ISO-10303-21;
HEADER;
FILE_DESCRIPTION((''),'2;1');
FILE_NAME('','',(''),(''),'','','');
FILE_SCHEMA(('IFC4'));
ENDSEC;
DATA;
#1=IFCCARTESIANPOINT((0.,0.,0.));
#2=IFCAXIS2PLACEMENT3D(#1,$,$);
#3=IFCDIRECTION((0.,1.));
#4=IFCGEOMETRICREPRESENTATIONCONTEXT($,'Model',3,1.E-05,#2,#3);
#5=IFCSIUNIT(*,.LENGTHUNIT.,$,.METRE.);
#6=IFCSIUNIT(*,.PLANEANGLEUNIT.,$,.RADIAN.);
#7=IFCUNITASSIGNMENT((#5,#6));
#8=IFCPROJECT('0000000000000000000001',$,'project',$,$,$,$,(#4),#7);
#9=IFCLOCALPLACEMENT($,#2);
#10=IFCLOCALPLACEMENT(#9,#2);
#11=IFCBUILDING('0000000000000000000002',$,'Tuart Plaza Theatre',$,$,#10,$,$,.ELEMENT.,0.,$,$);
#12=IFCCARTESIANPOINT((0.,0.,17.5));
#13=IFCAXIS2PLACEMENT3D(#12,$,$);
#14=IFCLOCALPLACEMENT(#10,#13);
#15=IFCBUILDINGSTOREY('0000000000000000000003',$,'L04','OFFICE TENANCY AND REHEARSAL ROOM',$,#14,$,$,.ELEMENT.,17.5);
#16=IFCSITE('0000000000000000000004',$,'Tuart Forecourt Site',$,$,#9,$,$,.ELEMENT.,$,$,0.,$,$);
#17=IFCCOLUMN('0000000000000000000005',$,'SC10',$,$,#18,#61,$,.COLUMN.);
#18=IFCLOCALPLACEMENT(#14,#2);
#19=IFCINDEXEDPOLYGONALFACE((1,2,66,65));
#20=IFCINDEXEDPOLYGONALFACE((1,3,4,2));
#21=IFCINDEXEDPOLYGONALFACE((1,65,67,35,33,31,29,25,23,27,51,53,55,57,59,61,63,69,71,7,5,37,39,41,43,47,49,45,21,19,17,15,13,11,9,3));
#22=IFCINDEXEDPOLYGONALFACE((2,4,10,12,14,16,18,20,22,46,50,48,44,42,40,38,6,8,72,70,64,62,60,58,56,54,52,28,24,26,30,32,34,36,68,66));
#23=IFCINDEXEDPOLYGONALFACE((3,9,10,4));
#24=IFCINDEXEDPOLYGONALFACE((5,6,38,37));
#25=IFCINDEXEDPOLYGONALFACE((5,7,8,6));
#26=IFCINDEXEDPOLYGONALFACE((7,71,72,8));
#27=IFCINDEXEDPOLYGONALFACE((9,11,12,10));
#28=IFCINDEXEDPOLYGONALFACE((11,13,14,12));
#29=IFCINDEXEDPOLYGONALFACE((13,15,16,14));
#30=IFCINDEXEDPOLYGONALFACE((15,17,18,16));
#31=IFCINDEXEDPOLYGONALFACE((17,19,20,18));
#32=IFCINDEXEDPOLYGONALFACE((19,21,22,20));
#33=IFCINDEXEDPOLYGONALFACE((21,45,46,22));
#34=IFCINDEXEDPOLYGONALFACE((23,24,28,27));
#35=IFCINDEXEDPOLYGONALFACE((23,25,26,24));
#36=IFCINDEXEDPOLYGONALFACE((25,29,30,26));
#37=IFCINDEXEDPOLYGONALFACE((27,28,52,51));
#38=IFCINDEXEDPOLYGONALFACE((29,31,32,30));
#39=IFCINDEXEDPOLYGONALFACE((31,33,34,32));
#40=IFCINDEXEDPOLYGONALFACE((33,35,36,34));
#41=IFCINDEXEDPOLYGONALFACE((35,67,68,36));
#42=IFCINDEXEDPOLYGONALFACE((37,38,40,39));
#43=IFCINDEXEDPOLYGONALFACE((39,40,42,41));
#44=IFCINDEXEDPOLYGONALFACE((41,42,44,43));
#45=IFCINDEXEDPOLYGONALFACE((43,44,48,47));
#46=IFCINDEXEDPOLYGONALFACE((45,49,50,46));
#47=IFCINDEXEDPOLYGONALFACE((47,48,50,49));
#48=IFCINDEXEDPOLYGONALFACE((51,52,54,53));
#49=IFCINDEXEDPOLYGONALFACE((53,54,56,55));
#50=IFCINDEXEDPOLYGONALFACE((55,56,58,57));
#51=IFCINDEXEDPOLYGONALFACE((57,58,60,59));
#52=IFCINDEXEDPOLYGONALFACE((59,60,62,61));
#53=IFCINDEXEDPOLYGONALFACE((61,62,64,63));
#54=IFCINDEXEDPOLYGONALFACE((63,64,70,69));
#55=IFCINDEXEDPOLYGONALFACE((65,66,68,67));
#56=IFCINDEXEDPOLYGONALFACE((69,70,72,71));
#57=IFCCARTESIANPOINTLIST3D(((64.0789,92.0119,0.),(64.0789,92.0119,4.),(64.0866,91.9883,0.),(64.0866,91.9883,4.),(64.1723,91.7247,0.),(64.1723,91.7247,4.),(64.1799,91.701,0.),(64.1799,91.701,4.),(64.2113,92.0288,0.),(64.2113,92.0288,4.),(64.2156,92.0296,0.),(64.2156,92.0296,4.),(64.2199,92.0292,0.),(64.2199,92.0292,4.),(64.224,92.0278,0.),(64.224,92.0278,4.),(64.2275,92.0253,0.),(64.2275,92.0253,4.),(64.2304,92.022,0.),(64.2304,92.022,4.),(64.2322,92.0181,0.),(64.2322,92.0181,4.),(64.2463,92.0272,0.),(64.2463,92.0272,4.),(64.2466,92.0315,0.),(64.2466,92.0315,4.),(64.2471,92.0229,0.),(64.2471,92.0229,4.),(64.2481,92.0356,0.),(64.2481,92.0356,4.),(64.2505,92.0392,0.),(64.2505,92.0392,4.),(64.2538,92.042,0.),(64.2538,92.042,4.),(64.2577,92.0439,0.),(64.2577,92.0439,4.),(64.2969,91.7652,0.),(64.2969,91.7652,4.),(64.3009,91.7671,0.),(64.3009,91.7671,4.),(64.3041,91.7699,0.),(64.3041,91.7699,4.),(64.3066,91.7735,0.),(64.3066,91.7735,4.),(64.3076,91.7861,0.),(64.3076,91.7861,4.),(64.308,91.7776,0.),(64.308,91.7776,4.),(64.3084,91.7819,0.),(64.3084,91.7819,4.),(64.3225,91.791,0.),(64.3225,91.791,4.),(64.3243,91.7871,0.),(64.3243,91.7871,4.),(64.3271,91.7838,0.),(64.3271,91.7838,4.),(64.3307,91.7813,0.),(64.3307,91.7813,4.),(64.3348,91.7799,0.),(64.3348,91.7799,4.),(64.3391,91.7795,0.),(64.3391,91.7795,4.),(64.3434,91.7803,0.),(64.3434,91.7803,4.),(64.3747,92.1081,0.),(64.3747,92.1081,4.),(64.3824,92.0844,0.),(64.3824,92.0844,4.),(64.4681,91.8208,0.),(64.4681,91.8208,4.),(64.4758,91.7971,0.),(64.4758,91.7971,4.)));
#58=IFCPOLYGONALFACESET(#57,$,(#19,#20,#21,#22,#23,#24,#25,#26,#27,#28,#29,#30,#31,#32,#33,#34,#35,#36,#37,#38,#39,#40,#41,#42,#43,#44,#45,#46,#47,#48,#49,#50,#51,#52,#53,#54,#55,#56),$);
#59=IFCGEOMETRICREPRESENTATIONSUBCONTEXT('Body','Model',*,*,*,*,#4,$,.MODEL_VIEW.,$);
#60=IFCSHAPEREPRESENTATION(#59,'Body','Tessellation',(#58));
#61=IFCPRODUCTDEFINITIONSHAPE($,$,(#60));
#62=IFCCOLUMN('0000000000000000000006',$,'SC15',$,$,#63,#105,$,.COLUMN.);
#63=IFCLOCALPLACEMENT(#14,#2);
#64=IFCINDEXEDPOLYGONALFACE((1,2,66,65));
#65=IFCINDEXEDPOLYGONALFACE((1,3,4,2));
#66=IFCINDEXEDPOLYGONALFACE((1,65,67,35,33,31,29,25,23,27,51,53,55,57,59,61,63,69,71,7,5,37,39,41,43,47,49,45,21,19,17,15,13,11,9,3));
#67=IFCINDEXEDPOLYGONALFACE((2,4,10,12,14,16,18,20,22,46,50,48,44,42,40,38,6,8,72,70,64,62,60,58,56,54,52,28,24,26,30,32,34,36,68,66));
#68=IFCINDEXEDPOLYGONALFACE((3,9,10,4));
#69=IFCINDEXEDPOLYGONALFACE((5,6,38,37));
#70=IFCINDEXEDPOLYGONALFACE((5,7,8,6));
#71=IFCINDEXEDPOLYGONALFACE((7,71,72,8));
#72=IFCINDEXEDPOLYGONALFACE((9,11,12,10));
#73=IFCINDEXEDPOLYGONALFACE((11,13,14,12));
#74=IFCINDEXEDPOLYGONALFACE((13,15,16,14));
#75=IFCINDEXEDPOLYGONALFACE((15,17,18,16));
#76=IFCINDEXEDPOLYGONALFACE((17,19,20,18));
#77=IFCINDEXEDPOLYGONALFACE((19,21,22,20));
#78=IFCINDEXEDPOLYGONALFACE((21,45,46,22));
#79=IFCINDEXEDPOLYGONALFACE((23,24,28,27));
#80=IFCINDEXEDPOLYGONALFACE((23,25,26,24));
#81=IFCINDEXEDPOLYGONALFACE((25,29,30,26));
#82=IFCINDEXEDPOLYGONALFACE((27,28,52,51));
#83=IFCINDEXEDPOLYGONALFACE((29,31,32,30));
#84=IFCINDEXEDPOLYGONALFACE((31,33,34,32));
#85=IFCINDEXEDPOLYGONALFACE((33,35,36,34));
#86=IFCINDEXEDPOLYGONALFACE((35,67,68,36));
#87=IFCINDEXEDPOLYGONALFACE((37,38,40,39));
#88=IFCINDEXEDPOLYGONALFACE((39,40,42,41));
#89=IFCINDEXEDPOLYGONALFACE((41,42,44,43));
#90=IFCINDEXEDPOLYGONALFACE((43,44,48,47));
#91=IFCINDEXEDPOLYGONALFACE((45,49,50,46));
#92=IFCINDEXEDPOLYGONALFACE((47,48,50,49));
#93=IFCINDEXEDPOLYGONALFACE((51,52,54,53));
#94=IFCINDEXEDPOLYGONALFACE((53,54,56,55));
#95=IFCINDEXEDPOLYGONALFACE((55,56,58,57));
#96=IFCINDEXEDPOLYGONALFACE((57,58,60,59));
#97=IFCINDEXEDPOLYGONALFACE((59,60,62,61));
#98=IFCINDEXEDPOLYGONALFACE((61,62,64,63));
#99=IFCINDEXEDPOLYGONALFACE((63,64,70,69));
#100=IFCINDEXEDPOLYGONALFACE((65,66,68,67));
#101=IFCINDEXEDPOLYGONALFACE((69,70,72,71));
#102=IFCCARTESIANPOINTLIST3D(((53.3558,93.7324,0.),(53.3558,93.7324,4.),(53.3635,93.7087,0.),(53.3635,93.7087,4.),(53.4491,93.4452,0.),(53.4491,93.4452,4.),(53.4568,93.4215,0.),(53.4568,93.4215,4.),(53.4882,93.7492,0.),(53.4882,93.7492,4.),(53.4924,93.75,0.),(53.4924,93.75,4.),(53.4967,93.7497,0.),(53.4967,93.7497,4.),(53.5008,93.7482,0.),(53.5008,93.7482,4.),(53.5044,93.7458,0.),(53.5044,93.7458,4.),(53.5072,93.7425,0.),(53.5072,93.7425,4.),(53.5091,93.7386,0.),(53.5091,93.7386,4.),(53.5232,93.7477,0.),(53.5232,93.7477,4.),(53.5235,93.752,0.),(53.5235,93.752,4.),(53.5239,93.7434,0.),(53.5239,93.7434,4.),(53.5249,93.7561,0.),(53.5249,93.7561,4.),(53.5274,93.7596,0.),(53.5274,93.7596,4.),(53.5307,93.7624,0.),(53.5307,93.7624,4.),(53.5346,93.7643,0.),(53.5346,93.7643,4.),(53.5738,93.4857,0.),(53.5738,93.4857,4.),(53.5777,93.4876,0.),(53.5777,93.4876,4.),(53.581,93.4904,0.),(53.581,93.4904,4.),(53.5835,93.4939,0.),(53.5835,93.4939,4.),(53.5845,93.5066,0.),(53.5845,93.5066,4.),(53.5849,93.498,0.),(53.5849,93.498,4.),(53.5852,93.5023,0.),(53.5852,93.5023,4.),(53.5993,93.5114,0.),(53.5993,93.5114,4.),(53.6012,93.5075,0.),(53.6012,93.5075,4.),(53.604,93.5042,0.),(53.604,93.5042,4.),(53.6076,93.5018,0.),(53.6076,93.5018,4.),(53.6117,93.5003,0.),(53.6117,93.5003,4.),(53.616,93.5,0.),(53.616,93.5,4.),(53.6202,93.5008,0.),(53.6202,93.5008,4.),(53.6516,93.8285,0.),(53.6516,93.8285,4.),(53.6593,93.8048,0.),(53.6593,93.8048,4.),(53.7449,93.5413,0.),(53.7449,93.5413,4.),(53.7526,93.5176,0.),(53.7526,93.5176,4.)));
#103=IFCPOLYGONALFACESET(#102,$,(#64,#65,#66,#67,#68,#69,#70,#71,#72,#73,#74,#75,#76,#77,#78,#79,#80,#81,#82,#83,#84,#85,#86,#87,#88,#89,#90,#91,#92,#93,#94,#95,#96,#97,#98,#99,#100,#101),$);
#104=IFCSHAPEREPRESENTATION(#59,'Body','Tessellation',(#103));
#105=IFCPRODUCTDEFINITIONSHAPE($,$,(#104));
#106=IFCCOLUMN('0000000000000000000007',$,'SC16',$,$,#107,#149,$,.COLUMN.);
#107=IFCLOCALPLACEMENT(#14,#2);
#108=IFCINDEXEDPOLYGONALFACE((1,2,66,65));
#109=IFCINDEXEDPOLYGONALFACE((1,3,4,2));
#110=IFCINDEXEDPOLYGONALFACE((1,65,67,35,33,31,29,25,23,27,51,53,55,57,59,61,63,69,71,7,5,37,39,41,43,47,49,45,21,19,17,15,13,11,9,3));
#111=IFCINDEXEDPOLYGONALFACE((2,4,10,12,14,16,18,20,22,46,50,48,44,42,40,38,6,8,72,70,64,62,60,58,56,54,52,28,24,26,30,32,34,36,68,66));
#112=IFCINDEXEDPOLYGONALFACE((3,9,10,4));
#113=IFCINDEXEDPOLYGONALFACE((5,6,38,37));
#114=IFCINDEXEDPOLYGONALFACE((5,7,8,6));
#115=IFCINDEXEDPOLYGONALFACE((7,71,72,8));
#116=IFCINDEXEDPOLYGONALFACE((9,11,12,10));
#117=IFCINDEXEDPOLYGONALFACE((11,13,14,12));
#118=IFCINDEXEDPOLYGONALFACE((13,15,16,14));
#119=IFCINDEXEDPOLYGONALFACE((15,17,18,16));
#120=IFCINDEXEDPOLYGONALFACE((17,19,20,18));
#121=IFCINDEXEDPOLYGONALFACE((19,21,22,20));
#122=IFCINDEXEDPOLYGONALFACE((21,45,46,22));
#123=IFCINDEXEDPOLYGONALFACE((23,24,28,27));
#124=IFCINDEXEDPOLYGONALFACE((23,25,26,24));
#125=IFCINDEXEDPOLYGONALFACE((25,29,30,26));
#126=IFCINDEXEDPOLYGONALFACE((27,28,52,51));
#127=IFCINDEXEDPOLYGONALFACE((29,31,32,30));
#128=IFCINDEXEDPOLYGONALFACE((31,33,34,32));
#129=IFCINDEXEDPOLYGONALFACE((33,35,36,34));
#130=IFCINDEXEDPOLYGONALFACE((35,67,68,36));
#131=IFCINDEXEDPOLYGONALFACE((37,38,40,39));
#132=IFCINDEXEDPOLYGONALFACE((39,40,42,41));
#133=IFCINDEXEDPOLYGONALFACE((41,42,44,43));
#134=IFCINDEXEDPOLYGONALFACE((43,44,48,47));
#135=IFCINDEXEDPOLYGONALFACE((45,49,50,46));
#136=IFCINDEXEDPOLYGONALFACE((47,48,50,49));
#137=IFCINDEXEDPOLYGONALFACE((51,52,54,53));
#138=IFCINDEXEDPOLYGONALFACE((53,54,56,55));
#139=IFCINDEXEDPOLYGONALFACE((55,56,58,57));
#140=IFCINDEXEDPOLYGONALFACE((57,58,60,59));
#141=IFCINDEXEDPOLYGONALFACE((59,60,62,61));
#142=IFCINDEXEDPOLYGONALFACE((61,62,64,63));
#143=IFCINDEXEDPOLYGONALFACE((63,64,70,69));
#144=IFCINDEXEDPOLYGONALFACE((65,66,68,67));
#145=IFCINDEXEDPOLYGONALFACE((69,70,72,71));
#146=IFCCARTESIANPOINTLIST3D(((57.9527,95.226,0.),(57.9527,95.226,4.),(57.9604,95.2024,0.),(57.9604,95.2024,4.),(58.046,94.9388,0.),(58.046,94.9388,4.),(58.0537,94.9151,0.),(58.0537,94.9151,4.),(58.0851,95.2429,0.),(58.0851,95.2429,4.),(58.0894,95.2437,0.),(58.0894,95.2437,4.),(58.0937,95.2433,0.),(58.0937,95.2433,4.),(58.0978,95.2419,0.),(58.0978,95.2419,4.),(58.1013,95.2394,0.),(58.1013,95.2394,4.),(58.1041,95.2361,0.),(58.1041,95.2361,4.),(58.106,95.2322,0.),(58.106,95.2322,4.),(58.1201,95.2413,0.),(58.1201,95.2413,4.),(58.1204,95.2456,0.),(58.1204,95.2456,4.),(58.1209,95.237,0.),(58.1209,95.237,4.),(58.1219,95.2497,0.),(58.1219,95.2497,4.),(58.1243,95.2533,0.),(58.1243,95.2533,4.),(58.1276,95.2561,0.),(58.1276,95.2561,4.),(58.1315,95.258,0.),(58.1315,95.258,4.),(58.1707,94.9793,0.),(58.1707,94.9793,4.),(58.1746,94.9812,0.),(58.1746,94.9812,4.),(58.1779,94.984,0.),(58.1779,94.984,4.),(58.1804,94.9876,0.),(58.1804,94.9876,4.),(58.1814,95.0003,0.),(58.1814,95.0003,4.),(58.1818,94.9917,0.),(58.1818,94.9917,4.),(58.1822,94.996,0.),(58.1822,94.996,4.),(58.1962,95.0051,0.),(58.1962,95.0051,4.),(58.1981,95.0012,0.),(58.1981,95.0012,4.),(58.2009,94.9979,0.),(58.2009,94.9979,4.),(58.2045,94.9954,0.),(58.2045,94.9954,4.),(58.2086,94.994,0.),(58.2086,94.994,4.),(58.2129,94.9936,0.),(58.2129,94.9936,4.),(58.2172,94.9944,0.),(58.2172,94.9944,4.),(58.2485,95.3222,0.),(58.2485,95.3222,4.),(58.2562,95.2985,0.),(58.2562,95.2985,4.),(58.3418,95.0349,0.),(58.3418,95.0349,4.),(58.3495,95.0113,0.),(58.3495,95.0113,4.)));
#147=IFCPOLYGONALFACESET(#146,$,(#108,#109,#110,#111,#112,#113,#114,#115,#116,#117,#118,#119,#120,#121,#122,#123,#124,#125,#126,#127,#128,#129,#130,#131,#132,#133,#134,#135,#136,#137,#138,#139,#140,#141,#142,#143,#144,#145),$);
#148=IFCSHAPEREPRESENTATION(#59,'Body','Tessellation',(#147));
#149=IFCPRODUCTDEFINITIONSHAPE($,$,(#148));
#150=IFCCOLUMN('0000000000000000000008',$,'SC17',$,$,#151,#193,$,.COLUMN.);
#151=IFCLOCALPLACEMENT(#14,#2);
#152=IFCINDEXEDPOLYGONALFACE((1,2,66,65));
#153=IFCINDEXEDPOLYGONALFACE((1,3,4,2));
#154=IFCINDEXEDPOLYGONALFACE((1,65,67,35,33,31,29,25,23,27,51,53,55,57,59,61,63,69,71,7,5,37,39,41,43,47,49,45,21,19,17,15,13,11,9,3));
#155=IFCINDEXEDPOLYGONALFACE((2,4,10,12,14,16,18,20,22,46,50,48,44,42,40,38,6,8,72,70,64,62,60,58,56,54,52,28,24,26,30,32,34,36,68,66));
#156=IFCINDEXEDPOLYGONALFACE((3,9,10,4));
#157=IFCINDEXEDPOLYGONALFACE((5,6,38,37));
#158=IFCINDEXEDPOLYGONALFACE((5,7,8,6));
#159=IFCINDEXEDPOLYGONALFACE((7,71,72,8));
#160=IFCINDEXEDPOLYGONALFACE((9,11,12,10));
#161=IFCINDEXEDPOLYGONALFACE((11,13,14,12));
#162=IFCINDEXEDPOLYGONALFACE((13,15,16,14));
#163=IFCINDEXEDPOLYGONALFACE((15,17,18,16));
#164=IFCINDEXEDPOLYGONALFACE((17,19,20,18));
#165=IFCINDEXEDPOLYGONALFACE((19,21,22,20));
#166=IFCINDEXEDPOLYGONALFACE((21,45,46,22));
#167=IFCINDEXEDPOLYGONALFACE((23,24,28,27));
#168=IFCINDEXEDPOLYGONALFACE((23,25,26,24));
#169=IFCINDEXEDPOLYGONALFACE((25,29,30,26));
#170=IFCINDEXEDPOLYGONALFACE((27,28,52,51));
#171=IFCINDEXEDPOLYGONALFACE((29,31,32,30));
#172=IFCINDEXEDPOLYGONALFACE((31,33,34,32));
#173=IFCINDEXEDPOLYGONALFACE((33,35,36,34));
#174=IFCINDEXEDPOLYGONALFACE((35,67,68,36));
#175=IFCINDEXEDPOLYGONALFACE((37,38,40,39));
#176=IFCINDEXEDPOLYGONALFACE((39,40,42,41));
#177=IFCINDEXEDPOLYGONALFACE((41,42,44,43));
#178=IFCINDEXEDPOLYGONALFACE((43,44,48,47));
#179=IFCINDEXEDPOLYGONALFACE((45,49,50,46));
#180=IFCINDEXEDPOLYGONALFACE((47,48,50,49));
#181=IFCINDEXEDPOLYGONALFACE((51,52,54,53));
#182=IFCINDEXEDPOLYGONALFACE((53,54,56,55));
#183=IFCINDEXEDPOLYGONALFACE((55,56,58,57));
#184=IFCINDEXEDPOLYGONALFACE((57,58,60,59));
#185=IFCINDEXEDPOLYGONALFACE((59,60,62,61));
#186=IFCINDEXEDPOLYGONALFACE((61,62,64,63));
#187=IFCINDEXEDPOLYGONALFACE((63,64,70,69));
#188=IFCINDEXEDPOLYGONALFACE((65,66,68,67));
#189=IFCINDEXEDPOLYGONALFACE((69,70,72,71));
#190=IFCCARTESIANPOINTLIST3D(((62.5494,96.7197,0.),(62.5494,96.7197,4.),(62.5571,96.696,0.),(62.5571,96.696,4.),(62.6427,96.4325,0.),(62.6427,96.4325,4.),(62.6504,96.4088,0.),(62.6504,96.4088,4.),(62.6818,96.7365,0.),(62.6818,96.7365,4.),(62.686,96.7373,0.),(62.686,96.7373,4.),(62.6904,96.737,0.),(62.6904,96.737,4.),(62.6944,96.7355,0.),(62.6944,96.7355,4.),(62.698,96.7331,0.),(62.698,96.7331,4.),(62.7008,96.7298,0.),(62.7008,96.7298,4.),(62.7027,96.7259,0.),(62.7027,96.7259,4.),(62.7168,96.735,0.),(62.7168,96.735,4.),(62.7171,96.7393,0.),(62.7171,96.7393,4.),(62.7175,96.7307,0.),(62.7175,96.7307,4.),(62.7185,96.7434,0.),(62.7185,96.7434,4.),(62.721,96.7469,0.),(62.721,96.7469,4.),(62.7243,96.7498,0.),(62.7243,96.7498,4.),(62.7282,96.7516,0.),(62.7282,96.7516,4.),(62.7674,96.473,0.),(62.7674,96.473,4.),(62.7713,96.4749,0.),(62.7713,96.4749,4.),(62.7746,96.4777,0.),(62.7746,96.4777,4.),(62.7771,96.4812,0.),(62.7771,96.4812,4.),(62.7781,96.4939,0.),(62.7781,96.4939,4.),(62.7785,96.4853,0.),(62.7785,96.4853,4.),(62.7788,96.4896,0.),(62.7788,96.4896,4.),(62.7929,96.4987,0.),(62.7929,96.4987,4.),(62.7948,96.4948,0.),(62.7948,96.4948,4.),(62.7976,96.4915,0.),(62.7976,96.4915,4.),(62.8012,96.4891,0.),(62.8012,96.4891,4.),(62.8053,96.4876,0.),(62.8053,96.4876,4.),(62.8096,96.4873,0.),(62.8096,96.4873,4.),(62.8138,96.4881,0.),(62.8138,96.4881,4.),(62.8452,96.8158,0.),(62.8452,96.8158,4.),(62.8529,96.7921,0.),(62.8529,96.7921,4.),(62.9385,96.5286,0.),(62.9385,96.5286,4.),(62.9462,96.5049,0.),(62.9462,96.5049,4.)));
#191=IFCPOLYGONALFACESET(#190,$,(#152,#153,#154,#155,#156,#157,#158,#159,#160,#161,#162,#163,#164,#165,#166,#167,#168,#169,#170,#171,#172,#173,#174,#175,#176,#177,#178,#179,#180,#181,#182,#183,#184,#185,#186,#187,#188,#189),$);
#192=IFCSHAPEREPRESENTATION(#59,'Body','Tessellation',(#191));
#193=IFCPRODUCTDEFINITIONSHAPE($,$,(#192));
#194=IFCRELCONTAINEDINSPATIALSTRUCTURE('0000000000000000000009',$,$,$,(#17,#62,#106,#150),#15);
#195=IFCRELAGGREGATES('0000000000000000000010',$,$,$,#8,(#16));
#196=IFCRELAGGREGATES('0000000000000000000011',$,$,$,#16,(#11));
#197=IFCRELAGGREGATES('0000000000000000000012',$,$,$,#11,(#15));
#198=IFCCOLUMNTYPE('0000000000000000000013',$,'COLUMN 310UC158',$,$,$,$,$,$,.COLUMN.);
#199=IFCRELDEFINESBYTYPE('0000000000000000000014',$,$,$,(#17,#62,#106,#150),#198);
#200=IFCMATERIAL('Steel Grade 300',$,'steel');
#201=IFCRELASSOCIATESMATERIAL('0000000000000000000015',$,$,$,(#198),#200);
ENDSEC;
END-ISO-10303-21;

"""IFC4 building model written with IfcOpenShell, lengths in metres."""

from ifc_helpers import new_model, si_unit, direction, frame, origin, origin_2d, place, context, subcontext, project, spatial, i_section, extrude, material, material_profile, profile_set, type_object, element, save


model = new_model("IFC4")

# Units and contexts
model_context = context("Model", 3, precision=1e-05, world=origin(), true_north=direction((0.0, 1.0)))
body_context = subcontext(model_context, "Body", "Model", "MODEL_VIEW")
ifc_project = project(units=[si_unit("LENGTHUNIT", "METRE"), si_unit("PLANEANGLEUNIT", "RADIAN")], contexts=[model_context])

# Site, building, storey
site_placement = place(None, origin())
site = spatial("IfcSite", under=ifc_project, at=site_placement, Name="Tuart Forecourt Site", CompositionType="ELEMENT", RefElevation=0.0)
building_placement = place(site_placement, origin())
building = spatial("IfcBuilding", under=site, at=building_placement, Name="Tuart Plaza Theatre", CompositionType="ELEMENT", ElevationOfRefHeight=0.0)
storey_placement = place(building_placement, frame((0.0, 0.0, 17.5)))
storey = spatial("IfcBuildingStorey", under=building, at=storey_placement, Name="L04", Description="OFFICE TENANCY AND REHEARSAL ROOM", CompositionType="ELEMENT", Elevation=17.5)

# Columns
ifc_material_1 = material(Name="Steel Grade 300", Category="steel")
ifc_material_profile_1 = material_profile(ifc_material_1, i_section(OverallWidth=0.311, OverallDepth=0.3269, WebThickness=0.0156, FlangeThickness=0.0249, FilletRadius=0.0166, at=origin_2d()), Name="310UC158")
ifc_profile_set_1 = profile_set([ifc_material_profile_1], Name="Steel Grade 300")
column_type = type_object("IfcColumnType", Name="COLUMN 310UC158", PredefinedType="COLUMN", material=ifc_profile_set_1)
for number, where, z_axis, x_axis, name in (
    (1, (64.2773, 91.9045, 0.0), (0.0, 0.0, 1.0), (0.951057, 0.309017, 0.0), "SC10"),
    (2, (53.5542, 93.625, 0.0), (0.0, 0.0, 1.0), (0.951057, 0.309017, 0.0), "SC15"),
    (3, (58.1511, 95.1187, 0.0), (0.0, 0.0, 1.0), (0.951057, 0.309017, 0.0), "SC16"),
    (4, (62.7478, 96.6123, 0.0), (0.0, 0.0, 1.0), (0.951057, 0.309017, 0.0), "SC17"),
):
    element("IfcColumn", number, at=place(storey_placement, frame(where, z_axis=z_axis, x_axis=x_axis)), inside=storey, type_object=column_type, Name=name, PredefinedType="COLUMN", context=body_context, shape_type="SweptSolid", body=[
        extrude(i_section(OverallWidth=0.311, OverallDepth=0.3269, WebThickness=0.0156, FlangeThickness=0.0249, FilletRadius=0.0166, at=origin_2d()), origin(), (0.0, 0.0, 1.0), 4.0),
    ])

save(model, "model.ifc")
